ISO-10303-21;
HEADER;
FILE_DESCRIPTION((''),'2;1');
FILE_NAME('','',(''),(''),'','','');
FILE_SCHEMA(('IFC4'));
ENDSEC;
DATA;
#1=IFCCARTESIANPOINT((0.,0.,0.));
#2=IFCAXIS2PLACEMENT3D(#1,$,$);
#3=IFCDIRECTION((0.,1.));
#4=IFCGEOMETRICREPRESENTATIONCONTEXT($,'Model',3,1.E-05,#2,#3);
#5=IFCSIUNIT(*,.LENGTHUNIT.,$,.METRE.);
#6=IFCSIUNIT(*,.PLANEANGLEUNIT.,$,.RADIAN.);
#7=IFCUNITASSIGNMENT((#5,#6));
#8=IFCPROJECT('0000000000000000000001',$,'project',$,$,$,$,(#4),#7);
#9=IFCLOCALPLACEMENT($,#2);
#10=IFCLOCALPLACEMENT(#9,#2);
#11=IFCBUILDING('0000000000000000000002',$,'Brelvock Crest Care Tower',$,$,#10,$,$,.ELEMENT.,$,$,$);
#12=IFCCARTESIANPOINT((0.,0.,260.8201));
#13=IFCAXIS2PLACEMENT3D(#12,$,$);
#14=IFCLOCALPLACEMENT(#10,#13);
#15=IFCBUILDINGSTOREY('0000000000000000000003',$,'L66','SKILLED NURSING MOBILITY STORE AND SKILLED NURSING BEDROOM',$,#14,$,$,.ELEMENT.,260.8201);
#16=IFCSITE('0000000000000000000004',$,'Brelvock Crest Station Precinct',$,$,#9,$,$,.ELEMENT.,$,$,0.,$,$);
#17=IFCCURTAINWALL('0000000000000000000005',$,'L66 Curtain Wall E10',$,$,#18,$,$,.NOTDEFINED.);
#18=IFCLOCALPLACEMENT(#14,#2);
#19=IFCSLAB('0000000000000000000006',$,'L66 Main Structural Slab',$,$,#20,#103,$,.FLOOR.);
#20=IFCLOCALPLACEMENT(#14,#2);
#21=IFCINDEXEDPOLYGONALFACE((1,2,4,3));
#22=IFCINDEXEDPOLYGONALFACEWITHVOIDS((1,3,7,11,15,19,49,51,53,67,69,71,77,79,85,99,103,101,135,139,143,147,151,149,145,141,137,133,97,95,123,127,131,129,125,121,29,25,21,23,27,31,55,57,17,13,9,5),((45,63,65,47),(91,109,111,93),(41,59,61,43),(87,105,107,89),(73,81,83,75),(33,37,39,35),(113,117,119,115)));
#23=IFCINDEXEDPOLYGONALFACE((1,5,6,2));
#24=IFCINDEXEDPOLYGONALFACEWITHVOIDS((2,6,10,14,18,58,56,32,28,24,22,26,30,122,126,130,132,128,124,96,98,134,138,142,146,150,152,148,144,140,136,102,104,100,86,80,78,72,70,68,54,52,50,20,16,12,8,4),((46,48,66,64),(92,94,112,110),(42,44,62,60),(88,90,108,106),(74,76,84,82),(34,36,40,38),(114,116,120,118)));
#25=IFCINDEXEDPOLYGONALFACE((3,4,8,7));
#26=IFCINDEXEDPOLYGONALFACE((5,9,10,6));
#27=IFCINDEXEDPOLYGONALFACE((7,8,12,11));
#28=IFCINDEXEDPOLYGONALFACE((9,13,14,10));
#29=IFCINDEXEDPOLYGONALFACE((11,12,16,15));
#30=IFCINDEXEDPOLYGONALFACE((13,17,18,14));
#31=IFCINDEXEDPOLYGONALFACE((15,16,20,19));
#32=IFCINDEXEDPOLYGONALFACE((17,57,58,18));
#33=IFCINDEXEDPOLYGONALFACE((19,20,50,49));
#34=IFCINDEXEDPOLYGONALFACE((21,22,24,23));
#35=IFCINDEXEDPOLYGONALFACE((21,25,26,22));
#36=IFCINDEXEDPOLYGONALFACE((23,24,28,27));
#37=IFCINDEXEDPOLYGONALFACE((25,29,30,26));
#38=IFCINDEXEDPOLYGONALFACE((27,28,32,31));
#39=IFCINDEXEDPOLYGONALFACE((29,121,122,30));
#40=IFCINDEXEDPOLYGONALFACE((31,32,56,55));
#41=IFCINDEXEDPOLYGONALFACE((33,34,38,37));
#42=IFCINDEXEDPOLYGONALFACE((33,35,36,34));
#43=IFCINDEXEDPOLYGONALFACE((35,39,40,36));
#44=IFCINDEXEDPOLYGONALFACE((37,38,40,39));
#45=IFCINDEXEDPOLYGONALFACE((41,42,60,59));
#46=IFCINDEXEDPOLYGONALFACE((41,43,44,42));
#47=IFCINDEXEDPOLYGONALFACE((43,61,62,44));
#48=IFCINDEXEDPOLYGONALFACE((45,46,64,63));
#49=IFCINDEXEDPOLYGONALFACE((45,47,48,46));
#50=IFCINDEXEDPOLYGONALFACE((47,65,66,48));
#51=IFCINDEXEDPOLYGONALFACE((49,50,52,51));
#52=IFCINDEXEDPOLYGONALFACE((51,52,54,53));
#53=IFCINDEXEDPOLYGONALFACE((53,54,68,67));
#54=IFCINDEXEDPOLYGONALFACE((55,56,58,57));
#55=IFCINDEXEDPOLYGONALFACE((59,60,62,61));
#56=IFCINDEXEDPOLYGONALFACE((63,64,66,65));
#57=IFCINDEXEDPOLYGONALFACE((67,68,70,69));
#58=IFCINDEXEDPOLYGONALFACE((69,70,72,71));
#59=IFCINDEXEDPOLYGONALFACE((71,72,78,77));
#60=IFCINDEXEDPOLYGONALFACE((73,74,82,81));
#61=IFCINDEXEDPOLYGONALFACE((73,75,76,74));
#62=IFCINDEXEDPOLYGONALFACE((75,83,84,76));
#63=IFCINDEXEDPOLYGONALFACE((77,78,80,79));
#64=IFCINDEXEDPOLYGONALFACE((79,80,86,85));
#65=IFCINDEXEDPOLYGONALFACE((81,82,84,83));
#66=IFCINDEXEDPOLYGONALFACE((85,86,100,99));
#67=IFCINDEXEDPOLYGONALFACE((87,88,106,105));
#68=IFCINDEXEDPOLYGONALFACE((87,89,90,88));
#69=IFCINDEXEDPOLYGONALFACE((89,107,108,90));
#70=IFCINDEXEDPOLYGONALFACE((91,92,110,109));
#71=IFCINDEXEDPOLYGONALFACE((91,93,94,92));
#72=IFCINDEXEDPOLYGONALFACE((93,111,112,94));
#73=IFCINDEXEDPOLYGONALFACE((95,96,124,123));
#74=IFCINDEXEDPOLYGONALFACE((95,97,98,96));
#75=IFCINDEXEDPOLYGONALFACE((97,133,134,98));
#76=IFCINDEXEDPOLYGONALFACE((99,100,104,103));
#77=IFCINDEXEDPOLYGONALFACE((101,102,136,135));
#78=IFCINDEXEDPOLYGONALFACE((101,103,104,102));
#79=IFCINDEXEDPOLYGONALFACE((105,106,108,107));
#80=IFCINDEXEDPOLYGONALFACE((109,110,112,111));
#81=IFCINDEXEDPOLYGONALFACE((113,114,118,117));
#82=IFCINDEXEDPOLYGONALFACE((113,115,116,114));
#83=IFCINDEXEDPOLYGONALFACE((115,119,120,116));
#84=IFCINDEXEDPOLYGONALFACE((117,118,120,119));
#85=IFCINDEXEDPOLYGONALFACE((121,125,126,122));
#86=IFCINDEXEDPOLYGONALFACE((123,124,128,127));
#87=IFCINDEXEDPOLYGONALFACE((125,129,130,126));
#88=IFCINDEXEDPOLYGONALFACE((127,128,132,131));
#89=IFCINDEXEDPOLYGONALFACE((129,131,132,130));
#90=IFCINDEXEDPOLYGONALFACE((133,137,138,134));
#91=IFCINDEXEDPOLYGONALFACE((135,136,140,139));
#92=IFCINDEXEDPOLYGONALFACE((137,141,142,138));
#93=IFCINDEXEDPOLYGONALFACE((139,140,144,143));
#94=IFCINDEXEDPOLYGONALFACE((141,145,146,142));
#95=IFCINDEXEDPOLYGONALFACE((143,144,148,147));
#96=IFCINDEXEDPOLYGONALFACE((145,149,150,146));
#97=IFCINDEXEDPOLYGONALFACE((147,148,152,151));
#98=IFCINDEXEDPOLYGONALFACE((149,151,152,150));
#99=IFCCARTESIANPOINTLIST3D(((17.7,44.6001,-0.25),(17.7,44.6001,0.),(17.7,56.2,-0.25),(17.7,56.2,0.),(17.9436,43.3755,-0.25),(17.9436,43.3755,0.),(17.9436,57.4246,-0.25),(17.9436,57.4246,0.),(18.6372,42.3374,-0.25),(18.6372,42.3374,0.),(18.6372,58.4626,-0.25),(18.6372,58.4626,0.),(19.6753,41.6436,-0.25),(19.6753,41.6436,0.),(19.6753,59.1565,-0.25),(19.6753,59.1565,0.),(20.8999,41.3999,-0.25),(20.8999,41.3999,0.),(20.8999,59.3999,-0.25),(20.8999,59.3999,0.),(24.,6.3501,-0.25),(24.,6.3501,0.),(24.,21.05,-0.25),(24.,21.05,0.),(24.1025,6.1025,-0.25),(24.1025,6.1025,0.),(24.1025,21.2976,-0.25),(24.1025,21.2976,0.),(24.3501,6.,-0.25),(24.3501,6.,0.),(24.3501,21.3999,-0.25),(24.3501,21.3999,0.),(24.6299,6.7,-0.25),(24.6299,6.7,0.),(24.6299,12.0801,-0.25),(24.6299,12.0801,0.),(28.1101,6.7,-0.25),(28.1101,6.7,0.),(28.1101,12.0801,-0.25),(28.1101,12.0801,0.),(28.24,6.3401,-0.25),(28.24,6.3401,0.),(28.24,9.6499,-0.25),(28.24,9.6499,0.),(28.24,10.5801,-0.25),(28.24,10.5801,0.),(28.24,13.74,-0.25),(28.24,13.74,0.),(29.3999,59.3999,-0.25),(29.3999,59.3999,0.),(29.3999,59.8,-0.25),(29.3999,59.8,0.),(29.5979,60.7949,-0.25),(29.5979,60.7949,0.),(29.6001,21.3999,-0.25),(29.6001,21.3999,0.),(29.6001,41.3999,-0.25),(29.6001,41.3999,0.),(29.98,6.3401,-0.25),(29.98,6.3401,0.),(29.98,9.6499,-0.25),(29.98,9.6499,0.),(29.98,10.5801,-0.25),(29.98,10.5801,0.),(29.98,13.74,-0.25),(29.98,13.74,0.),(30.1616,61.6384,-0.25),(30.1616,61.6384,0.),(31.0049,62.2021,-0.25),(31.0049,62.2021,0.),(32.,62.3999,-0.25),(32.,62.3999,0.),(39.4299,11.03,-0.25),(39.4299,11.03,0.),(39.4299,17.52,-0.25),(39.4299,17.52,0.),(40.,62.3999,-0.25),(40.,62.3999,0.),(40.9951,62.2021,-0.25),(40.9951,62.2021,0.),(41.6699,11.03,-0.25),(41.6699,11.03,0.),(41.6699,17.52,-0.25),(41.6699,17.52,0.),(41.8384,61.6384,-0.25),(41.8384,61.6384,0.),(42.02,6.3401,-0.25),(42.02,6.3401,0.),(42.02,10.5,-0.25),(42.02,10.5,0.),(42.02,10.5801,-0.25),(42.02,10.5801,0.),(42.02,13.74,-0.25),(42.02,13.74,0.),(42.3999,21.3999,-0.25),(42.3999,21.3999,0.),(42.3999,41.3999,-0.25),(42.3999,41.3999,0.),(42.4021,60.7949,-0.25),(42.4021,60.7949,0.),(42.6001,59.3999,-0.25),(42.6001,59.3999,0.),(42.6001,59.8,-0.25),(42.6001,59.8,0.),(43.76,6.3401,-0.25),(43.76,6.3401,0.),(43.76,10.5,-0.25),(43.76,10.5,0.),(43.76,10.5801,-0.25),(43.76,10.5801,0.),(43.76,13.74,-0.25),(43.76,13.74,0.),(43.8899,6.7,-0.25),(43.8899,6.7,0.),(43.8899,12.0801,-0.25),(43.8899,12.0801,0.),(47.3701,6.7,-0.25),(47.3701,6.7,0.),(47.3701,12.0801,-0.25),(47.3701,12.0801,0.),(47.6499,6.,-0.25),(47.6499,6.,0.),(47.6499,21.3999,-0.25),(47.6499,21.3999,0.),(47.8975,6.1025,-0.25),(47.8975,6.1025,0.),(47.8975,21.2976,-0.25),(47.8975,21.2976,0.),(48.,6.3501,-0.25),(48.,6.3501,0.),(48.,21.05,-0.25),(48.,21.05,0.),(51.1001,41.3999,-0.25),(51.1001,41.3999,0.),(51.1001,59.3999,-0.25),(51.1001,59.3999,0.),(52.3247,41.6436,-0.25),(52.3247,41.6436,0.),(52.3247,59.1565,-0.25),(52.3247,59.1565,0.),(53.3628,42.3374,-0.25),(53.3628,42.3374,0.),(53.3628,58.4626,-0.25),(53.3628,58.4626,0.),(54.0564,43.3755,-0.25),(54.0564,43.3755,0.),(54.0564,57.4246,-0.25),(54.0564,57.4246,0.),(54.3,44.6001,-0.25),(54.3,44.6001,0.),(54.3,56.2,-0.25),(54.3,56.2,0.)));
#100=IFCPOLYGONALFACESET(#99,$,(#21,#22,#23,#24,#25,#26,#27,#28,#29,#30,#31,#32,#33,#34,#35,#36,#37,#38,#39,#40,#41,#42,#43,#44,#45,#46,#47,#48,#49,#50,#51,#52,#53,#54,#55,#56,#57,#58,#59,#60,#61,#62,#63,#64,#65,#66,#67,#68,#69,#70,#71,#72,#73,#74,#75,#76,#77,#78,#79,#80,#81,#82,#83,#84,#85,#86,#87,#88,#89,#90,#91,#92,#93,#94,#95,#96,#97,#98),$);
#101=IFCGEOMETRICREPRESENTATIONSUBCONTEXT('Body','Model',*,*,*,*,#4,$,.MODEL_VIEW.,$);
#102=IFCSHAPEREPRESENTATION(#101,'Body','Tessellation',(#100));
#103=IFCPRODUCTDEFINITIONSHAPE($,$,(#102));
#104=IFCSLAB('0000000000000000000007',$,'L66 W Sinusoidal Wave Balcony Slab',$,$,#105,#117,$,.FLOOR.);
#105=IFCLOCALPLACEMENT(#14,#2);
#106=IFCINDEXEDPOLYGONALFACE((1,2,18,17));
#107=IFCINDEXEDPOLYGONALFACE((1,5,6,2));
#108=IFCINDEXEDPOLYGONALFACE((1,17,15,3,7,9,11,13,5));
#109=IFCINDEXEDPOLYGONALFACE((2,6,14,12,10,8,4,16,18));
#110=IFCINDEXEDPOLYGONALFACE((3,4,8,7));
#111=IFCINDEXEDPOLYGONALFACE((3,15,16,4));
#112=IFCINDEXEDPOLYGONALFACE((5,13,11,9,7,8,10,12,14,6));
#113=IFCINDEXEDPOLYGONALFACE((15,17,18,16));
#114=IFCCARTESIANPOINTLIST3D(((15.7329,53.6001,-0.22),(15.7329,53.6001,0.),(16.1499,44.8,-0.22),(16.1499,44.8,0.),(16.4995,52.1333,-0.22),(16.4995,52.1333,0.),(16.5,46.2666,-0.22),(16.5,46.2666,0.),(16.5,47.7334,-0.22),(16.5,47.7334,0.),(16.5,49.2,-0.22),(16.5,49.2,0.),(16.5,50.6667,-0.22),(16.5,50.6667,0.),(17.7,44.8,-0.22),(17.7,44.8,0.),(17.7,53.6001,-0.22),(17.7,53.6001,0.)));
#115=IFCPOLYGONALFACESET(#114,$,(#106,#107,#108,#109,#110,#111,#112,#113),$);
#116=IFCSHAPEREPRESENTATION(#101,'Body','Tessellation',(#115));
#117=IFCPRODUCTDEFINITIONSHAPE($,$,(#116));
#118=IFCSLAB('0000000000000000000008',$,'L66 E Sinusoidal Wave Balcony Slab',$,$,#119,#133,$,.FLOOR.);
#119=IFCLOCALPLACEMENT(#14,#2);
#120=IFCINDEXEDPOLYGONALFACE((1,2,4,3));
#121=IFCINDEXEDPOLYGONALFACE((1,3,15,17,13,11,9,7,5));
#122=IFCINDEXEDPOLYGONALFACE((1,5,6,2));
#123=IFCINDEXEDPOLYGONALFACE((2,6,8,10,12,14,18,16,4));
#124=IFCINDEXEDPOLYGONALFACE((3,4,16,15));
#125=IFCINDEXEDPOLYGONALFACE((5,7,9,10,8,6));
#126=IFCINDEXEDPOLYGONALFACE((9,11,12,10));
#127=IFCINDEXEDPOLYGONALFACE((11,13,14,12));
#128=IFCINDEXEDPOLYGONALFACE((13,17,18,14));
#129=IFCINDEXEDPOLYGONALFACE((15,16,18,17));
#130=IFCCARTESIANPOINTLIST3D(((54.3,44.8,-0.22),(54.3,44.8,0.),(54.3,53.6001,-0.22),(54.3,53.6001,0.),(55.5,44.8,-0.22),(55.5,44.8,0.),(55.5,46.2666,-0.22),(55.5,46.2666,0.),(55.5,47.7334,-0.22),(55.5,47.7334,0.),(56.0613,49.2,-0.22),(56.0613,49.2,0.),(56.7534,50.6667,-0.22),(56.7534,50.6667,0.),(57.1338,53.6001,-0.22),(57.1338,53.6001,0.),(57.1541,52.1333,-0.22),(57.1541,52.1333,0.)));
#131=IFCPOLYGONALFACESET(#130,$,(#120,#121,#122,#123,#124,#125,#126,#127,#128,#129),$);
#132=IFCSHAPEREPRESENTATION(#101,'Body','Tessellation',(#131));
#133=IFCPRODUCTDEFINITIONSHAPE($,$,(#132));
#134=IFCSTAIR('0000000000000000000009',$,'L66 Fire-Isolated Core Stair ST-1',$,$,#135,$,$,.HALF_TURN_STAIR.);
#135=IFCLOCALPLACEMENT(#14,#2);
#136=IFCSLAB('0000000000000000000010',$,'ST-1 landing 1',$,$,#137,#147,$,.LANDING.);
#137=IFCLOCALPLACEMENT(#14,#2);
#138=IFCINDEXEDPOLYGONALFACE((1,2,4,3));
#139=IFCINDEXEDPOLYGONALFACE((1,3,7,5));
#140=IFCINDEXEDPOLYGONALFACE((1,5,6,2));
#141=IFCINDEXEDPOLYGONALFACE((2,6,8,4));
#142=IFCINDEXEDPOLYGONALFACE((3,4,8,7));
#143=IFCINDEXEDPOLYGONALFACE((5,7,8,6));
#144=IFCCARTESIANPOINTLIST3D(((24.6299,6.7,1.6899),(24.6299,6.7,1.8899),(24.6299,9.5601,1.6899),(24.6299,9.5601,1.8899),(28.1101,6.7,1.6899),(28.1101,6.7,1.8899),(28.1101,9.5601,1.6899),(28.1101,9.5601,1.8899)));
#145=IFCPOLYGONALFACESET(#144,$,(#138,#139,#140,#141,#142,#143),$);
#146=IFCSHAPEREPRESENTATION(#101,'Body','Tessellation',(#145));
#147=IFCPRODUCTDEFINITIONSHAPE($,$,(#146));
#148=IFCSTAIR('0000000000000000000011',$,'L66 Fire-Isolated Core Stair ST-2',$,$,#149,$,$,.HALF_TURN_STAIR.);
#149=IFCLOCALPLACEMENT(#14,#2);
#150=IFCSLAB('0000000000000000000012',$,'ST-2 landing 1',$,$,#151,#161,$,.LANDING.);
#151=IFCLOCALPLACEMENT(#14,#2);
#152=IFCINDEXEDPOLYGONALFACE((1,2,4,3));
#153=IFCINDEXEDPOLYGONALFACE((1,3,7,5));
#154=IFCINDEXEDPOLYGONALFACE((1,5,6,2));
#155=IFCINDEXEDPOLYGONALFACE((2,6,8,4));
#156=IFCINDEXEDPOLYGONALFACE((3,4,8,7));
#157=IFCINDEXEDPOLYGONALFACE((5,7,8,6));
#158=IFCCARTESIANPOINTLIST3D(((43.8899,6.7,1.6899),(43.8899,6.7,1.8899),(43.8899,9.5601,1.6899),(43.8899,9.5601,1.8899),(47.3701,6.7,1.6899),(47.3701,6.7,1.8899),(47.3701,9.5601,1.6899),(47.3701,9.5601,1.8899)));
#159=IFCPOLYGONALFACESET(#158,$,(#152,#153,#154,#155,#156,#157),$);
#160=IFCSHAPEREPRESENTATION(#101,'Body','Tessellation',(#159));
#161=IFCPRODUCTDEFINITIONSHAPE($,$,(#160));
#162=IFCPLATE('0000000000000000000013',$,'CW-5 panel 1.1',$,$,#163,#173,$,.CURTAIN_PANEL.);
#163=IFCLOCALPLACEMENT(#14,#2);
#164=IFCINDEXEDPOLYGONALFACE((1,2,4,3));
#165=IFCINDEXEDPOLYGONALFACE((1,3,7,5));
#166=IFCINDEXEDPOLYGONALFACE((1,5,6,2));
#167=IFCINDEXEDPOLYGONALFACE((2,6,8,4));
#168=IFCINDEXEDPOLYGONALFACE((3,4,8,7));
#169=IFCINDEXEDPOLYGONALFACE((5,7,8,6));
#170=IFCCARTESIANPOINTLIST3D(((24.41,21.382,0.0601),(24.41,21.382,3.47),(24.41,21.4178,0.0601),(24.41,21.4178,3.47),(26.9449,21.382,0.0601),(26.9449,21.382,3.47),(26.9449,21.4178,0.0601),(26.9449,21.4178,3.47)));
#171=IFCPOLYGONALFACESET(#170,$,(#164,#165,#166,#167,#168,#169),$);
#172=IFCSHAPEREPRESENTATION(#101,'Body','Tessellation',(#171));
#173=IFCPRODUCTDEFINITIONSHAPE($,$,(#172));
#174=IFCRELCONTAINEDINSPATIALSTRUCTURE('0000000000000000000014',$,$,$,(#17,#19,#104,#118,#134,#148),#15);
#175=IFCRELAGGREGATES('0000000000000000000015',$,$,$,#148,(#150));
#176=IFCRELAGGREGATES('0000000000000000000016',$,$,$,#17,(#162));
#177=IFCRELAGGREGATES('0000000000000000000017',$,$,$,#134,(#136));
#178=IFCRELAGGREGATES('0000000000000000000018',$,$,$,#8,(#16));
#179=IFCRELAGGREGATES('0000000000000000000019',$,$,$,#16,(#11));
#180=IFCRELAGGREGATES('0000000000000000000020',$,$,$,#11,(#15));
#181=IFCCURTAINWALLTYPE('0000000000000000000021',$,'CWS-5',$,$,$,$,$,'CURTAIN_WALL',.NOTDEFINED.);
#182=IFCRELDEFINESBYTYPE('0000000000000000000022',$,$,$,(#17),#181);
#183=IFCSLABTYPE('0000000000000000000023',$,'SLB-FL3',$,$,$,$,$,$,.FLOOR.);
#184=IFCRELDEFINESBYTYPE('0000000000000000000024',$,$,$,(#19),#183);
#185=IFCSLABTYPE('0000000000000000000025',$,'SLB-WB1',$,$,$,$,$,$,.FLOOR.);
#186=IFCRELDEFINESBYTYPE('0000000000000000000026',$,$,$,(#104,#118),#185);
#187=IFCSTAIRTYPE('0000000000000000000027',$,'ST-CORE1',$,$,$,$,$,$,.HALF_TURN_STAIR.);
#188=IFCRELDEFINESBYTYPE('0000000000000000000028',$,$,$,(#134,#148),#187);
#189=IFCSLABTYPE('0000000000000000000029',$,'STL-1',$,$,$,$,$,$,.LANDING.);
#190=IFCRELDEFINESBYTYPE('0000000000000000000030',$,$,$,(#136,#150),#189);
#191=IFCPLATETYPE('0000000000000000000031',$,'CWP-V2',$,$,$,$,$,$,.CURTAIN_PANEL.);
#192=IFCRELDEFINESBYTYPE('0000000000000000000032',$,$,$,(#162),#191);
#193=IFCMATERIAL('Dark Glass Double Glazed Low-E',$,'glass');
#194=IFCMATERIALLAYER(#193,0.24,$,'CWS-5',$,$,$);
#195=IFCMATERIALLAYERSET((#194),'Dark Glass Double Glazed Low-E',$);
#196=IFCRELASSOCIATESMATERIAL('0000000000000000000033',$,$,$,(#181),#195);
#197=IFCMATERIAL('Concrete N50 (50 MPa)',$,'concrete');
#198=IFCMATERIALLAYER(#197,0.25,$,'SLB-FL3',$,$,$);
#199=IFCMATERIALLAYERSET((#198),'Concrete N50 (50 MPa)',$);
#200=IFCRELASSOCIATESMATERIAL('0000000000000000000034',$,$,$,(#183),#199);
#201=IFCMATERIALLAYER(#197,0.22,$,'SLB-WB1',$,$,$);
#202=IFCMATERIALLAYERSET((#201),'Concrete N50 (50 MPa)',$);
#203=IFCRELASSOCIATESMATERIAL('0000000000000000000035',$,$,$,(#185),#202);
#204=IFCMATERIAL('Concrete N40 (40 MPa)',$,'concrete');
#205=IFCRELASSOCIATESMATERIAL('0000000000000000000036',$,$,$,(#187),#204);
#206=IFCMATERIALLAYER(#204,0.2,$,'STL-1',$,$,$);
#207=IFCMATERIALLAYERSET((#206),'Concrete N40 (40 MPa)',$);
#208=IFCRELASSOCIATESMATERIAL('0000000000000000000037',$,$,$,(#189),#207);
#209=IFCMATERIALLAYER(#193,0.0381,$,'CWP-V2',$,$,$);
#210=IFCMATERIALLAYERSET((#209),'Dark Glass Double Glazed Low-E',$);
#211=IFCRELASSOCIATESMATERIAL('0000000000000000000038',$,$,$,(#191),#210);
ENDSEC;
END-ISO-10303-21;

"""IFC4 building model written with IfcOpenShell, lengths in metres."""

from ifc_helpers import new_model, si_unit, direction, frame, origin, origin_2d, place, context, subcontext, project, spatial, polyline, rectangle, outline, extrude, source, transform, mapped, material, layer, layer_set, type_object, element, aggregate, save


model = new_model("IFC4")

# Units and contexts
model_context = context("Model", 3, precision=1e-05, world=origin(), true_north=direction((0.0, 1.0)))
body_context = subcontext(model_context, "Body", "Model", "MODEL_VIEW")
ifc_project = project(units=[si_unit("LENGTHUNIT", "METRE"), si_unit("PLANEANGLEUNIT", "RADIAN")], contexts=[model_context])

# Site, building, storey
site_placement = place(None, origin())
site = spatial("IfcSite", under=ifc_project, at=site_placement, Name="Brelvock Crest Station Precinct", CompositionType="ELEMENT", RefElevation=0.0)
building_placement = place(site_placement, origin())
building = spatial("IfcBuilding", under=site, at=building_placement, Name="Brelvock Crest Care Tower", CompositionType="ELEMENT")
storey_placement = place(building_placement, frame((0.0, 0.0, 260.8201)))
storey = spatial("IfcBuildingStorey", under=building, at=storey_placement, Name="L66", Description="SKILLED NURSING MOBILITY STORE AND SKILLED NURSING BEDROOM", CompositionType="ELEMENT", Elevation=260.8201)

# Curtain wall
ifc_material_1 = material(Name="Dark Glass Double Glazed Low-E", Category="glass")
ifc_layer_1 = layer(ifc_material_1, 0.24, Name="CWS-5")
ifc_layer_set_1 = layer_set([ifc_layer_1], Name="Dark Glass Double Glazed Low-E")
curtain_wall_type = type_object("IfcCurtainWallType", Name="CWS-5", ElementType="CURTAIN_WALL", PredefinedType="NOTDEFINED", material=ifc_layer_set_1)
curtain_wall_placement = place(storey_placement, origin())
curtain_wall = element("IfcCurtainWall", 1, at=curtain_wall_placement, inside=storey, type_object=curtain_wall_type, Name="L66 Curtain Wall E10", PredefinedType="NOTDEFINED")

# Slabs
ifc_material_2 = material(Name="Concrete N50 (50 MPa)", Category="concrete")
ifc_layer_2 = layer(ifc_material_2, 0.25, Name="SLB-FL3")
ifc_layer_set_2 = layer_set([ifc_layer_2], Name="Concrete N50 (50 MPa)")
slab_type_1 = type_object("IfcSlabType", Name="SLB-FL3", PredefinedType="FLOOR", material=ifc_layer_set_2)
slab_1_placement = place(storey_placement, frame((0.0, 0.0, -0.25)))
element("IfcSlab", 2, at=slab_1_placement, inside=storey, type_object=slab_type_1, Name="L66 Main Structural Slab", PredefinedType="FLOOR", context=body_context, shape_type="SweptSolid", body=[
    extrude(outline(polyline([(47.6499, 21.3999), (42.3999, 21.3999), (42.3999, 41.3999), (51.1001, 41.3999), (52.3247, 41.6436), (53.3628, 42.3374), (54.0564, 43.3755), (54.3, 44.6001), (54.3, 56.2), (54.0564, 57.4246), (53.3628, 58.4626), (52.3247, 59.1565), (51.1001, 59.3999), (42.6001, 59.3999), (42.6001, 59.8), (42.4021, 60.7949), (41.8384, 61.6384), (40.9951, 62.2021), (40.0, 62.3999), (32.0, 62.3999), (31.0049, 62.2021), (30.1616, 61.6384), (29.5979, 60.7949), (29.3999, 59.8), (29.3999, 59.3999), (20.8999, 59.3999), (19.6753, 59.1565), (18.6372, 58.4626), (17.9436, 57.4246), (17.7, 56.2), (17.7, 44.6001), (17.9436, 43.3755), (18.6372, 42.3374), (19.6753, 41.6436), (20.8999, 41.3999), (29.6001, 41.3999), (29.6001, 21.3999), (24.3501, 21.3999), (24.1025, 21.2976), (24.0, 21.05), (24.0, 6.3501), (24.1025, 6.1025), (24.3501, 6.0), (47.6499, 6.0), (47.8975, 6.1025), (48.0, 6.3501), (48.0, 21.05), (47.8975, 21.2976), (47.6499, 21.3999)]), holes=[polyline([(28.24, 10.5801), (29.98, 10.5801), (29.98, 13.74), (28.24, 13.74), (28.24, 10.5801)]), polyline([(42.02, 10.5801), (43.76, 10.5801), (43.76, 13.74), (42.02, 13.74), (42.02, 10.5801)]), polyline([(28.24, 6.3401), (29.98, 6.3401), (29.98, 9.6499), (28.24, 9.6499), (28.24, 6.3401)]), polyline([(24.6299, 12.0801), (24.6299, 6.7), (28.1101, 6.7), (28.1101, 12.0801), (24.6299, 12.0801)]), polyline([(43.8899, 12.0801), (43.8899, 6.7), (47.3701, 6.7), (47.3701, 12.0801), (43.8899, 12.0801)]), polyline([(42.02, 6.3401), (43.76, 6.3401), (43.76, 10.5), (42.02, 10.5), (42.02, 6.3401)]), polyline([(39.4299, 11.03), (41.6699, 11.03), (41.6699, 17.52), (39.4299, 17.52), (39.4299, 11.03)])]), origin(), (0.0, 0.0, 1.0), 0.25),
])
ifc_layer_3 = layer(ifc_material_2, 0.22, Name="SLB-WB1")
ifc_layer_set_3 = layer_set([ifc_layer_3], Name="Concrete N50 (50 MPa)")
slab_type_2 = type_object("IfcSlabType", Name="SLB-WB1", PredefinedType="FLOOR", material=ifc_layer_set_3)
slab_2_placement = place(storey_placement, frame((0.0, 0.0, -0.22)))
element("IfcSlab", 3, at=slab_2_placement, inside=storey, type_object=slab_type_2, Name="L66 W Sinusoidal Wave Balcony Slab", PredefinedType="FLOOR", context=body_context, shape_type="SweptSolid", body=[
    extrude(outline(polyline([(17.7, 53.6001), (15.7329, 53.6001), (16.4995, 52.1333), (16.5, 50.6667), (16.5, 49.2), (16.5, 47.7334), (16.5, 46.2666), (16.1499, 44.8), (17.7, 44.8), (17.7, 53.6001)])), origin(), (0.0, 0.0, 1.0), 0.22),
])
slab_3_placement = place(storey_placement, frame((0.0, 0.0, -0.22)))
element("IfcSlab", 4, at=slab_3_placement, inside=storey, type_object=slab_type_2, Name="L66 E Sinusoidal Wave Balcony Slab", PredefinedType="FLOOR", context=body_context, shape_type="SweptSolid", body=[
    extrude(outline(polyline([(54.3, 44.8), (55.5, 44.8), (55.5, 46.2666), (55.5, 47.7334), (56.0613, 49.2), (56.7534, 50.6667), (57.1541, 52.1333), (57.1338, 53.6001), (54.3, 53.6001), (54.3, 44.8)])), origin(), (0.0, 0.0, 1.0), 0.22),
])

# Stairs, slabs
ifc_material_3 = material(Name="Concrete N40 (40 MPa)", Category="concrete")
stair_type = type_object("IfcStairType", Name="ST-CORE1", PredefinedType="HALF_TURN_STAIR", material=ifc_material_3)
stair_1_placement = place(storey_placement, origin())
stair_1 = element("IfcStair", 5, at=stair_1_placement, inside=storey, type_object=stair_type, Name="L66 Fire-Isolated Core Stair ST-1", PredefinedType="HALF_TURN_STAIR")
ifc_layer_4 = layer(ifc_material_3, 0.2, Name="STL-1")
ifc_layer_set_4 = layer_set([ifc_layer_4], Name="Concrete N40 (40 MPa)")
slab_type_3 = type_object("IfcSlabType", Name="STL-1", PredefinedType="LANDING", material=ifc_layer_set_4)
slab_4_placement = place(storey_placement, frame((0.0, 0.0, 1.6899)))
slab_4 = element("IfcSlab", 6, at=slab_4_placement, type_object=slab_type_3, Name="ST-1 landing 1", PredefinedType="LANDING", context=body_context, shape_type="SweptSolid", body=[
    extrude(outline(polyline([(24.6299, 9.5601), (24.6299, 6.7), (28.1101, 6.7), (28.1101, 9.5601), (24.6299, 9.5601)])), origin(), (0.0, 0.0, 1.0), 0.2),
])
stair_2_placement = place(storey_placement, origin())
stair_2 = element("IfcStair", 7, at=stair_2_placement, inside=storey, type_object=stair_type, Name="L66 Fire-Isolated Core Stair ST-2", PredefinedType="HALF_TURN_STAIR")
slab_5_placement = place(storey_placement, frame((0.0, 0.0, 1.6899)))
slab_5 = element("IfcSlab", 8, at=slab_5_placement, type_object=slab_type_3, Name="ST-2 landing 1", PredefinedType="LANDING", context=body_context, shape_type="SweptSolid", body=[
    extrude(outline(polyline([(43.8899, 9.5601), (43.8899, 6.7), (47.3701, 6.7), (47.3701, 9.5601), (43.8899, 9.5601)])), origin(), (0.0, 0.0, 1.0), 0.2),
])
aggregate(stair_2, [slab_5])

# Plate
ifc_layer_5 = layer(ifc_material_1, 0.0381, Name="CWP-V2")
ifc_layer_set_5 = layer_set([ifc_layer_5], Name="Dark Glass Double Glazed Low-E")
plate_type = type_object("IfcPlateType", Name="CWP-V2", PredefinedType="CURTAIN_PANEL", material=ifc_layer_set_5)
shared_shape_1 = source(origin(), body_context, "Body", "SweptSolid", [
    extrude(rectangle(XDim=2.5349, YDim=0.0359, at=origin_2d()), origin(), (0.0, 0.0, 1.0), 3.4099),
])
plate_placement = place(storey_placement, frame((25.6775, 21.3999, 0.0601), z_axis=(0.0, 0.0, 1.0), x_axis=(1.0, 0.0, 0.0)))
plate = element("IfcPlate", 9, at=plate_placement, type_object=plate_type, Name="CW-5 panel 1.1", PredefinedType="CURTAIN_PANEL", context=body_context, shape_type="MappedRepresentation", body=[
    mapped(shared_shape_1, transform((0.0, 0.0, 0.0), x_axis=(1.0, 0.0, 0.0), y_axis=(0.0, 1.0, 0.0), z_axis=(0.0, 0.0, 1.0), scale=1.0)),
])
aggregate(curtain_wall, [plate])

aggregate(stair_1, [slab_4])

save(model, "model.ifc")
